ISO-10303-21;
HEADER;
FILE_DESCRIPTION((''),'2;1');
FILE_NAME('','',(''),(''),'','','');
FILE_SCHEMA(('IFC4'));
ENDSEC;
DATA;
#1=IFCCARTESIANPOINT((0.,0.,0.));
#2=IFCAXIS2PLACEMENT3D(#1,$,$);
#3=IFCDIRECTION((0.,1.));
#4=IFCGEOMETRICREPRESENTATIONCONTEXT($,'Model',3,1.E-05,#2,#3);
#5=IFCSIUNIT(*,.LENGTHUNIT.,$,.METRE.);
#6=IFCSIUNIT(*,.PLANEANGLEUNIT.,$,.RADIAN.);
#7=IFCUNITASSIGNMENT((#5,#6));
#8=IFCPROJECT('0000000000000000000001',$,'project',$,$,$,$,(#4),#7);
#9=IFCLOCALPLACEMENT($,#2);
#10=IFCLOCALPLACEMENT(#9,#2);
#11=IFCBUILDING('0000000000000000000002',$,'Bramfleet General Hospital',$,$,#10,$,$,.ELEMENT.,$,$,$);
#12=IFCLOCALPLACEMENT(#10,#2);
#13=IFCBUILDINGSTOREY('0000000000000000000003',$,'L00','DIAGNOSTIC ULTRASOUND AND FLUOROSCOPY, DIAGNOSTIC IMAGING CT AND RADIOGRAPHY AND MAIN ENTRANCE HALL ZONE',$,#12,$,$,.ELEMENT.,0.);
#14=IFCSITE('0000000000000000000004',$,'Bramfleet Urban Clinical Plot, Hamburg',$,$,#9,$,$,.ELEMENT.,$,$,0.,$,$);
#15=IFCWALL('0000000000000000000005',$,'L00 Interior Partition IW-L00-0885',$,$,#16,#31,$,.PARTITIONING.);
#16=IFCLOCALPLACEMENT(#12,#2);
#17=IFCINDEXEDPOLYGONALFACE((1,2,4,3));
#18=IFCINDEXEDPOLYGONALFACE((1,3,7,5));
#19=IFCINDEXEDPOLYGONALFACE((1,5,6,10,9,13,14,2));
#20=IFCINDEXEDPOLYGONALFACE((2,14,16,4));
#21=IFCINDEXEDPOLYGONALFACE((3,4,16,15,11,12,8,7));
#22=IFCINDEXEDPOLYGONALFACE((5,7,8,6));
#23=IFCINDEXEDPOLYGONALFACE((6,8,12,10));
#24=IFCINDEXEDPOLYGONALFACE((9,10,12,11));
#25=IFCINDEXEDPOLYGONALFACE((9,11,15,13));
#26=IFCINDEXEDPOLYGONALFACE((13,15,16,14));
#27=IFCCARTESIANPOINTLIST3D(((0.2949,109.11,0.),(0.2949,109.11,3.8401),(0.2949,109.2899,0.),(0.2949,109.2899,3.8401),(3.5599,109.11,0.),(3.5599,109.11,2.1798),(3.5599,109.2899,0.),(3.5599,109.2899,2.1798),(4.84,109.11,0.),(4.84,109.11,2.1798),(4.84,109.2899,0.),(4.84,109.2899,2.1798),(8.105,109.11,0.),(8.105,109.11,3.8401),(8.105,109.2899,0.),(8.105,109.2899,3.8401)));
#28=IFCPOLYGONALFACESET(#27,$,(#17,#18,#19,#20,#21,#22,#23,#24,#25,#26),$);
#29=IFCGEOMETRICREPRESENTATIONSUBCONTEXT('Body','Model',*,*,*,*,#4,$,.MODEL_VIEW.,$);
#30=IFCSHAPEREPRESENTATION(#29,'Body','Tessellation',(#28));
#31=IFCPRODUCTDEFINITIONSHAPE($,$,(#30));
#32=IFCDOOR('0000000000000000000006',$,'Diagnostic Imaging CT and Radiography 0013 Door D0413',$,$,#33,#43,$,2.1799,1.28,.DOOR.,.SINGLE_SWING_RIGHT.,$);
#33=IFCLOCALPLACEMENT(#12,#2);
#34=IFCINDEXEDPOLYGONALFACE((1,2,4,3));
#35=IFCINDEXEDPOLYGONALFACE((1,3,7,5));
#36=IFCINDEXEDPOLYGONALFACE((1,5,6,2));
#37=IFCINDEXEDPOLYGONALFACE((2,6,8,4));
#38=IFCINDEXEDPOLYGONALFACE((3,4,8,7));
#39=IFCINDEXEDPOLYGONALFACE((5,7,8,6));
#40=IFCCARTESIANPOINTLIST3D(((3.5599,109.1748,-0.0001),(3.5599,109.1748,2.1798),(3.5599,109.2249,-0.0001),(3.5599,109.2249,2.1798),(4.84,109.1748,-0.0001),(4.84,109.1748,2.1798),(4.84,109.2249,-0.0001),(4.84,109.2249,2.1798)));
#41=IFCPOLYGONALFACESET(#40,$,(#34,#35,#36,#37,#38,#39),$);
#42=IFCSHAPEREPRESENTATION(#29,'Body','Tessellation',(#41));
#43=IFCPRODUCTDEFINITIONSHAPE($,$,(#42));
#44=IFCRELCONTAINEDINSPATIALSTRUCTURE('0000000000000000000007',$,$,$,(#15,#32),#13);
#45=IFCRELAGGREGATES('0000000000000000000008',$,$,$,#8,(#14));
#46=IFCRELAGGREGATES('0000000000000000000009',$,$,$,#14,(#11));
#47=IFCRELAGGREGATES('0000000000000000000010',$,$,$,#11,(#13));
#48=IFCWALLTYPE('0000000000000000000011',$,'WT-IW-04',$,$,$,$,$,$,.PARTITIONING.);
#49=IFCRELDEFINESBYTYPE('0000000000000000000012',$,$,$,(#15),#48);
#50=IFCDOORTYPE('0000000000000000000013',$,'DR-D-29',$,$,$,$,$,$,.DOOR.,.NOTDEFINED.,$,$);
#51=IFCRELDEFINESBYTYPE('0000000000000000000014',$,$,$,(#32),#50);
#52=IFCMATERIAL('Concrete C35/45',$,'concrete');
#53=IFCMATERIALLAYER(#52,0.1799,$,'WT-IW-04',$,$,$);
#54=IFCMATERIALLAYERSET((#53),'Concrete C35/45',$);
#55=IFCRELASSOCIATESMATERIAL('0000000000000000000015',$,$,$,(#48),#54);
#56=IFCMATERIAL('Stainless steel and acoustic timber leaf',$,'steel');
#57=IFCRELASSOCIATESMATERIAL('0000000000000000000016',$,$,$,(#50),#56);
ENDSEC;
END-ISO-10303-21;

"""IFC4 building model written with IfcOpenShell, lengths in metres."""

from ifc_helpers import new_model, si_unit, direction, frame, frame_2d, origin, place, context, subcontext, project, spatial, rectangle, extrude, material, layer, layer_set, type_object, element, fill, save


model = new_model("IFC4")

# Units and contexts
model_context = context("Model", 3, precision=1e-05, world=origin(), true_north=direction((0.0, 1.0)))
body_context = subcontext(model_context, "Body", "Model", "MODEL_VIEW")
ifc_project = project(units=[si_unit("LENGTHUNIT", "METRE"), si_unit("PLANEANGLEUNIT", "RADIAN")], contexts=[model_context])

# Site, building, storey
site_placement = place(None, origin())
site = spatial("IfcSite", under=ifc_project, at=site_placement, Name="Bramfleet Urban Clinical Plot, Hamburg", CompositionType="ELEMENT", RefElevation=0.0)
building_placement = place(site_placement, origin())
building = spatial("IfcBuilding", under=site, at=building_placement, Name="Bramfleet General Hospital", CompositionType="ELEMENT")
storey_placement = place(building_placement, origin())
storey = spatial("IfcBuildingStorey", under=building, at=storey_placement, Name="L00", Description="DIAGNOSTIC ULTRASOUND AND FLUOROSCOPY, DIAGNOSTIC IMAGING CT AND RADIOGRAPHY AND MAIN ENTRANCE HALL ZONE", CompositionType="ELEMENT", Elevation=0.0)

# Shared definitions
ifc_material_1 = material(Name="Concrete C35/45", Category="concrete")

# Shared definitions
ifc_layer_1 = layer(ifc_material_1, 0.1799, Name="WT-IW-04")
ifc_layer_set_1 = layer_set([ifc_layer_1], Name="Concrete C35/45")
wall_type_1 = type_object("IfcWallType", Name="WT-IW-04", PredefinedType="PARTITIONING", material=ifc_layer_set_1)
ifc_material_2 = material(Name="Stainless steel and acoustic timber leaf", Category="steel")

# Wall, opening, door
wall_1_placement = place(storey_placement, frame((0.2949, 109.2, 0.0), z_axis=(0.0, 0.0, 1.0), x_axis=(1.0, 0.0, 0.0)))
wall_1 = element("IfcWall", 1, at=wall_1_placement, inside=storey, type_object=wall_type_1, Name="L00 Interior Partition IW-L00-0885", PredefinedType="PARTITIONING", context=body_context, shape_type="SweptSolid", body=[
    extrude(rectangle(XDim=7.8101, YDim=0.1799, at=frame_2d((3.905, 0.0))), origin(), (0.0, 0.0, 1.0), 3.8401),
])
opening_1_placement = place(wall_1_placement, frame((3.2649, 0.0, 0.0)))
opening_1 = element("IfcOpeningElement", 2, at=opening_1_placement, cuts=wall_1, PredefinedType="OPENING", context=body_context, shape_type="SweptSolid", body=[
    extrude(rectangle(XDim=1.28, YDim=2.1799, at=frame_2d((0.6401, 1.0898))), frame((0.0, 0.0999, 0.0), z_axis=(0.0, -1.0, 0.0), x_axis=(1.0, 0.0, 0.0)), (0.0, 0.0, 1.0), 0.2),
])
door_type_1 = type_object("IfcDoorType", Name="DR-D-29", OperationType="NOTDEFINED", PredefinedType="DOOR", material=ifc_material_2)
door_1_placement = place(opening_1_placement, origin())
door_1 = element("IfcDoor", 3, at=door_1_placement, inside=storey, type_object=door_type_1, Name="Diagnostic Imaging CT and Radiography 0013 Door D0413", OperationType="SINGLE_SWING_RIGHT", OverallHeight=2.1799, OverallWidth=1.28, PredefinedType="DOOR", context=body_context, shape_type="SweptSolid", body=[
    extrude(rectangle(XDim=1.28, YDim=2.1799, at=frame_2d((0.6401, 1.0898))), frame((0.0, 0.0249, 0.0), z_axis=(0.0, -1.0, 0.0), x_axis=(1.0, 0.0, 0.0)), (0.0, 0.0, 1.0), 0.05),
])
fill(opening_1, door_1)

save(model, "model.ifc")
